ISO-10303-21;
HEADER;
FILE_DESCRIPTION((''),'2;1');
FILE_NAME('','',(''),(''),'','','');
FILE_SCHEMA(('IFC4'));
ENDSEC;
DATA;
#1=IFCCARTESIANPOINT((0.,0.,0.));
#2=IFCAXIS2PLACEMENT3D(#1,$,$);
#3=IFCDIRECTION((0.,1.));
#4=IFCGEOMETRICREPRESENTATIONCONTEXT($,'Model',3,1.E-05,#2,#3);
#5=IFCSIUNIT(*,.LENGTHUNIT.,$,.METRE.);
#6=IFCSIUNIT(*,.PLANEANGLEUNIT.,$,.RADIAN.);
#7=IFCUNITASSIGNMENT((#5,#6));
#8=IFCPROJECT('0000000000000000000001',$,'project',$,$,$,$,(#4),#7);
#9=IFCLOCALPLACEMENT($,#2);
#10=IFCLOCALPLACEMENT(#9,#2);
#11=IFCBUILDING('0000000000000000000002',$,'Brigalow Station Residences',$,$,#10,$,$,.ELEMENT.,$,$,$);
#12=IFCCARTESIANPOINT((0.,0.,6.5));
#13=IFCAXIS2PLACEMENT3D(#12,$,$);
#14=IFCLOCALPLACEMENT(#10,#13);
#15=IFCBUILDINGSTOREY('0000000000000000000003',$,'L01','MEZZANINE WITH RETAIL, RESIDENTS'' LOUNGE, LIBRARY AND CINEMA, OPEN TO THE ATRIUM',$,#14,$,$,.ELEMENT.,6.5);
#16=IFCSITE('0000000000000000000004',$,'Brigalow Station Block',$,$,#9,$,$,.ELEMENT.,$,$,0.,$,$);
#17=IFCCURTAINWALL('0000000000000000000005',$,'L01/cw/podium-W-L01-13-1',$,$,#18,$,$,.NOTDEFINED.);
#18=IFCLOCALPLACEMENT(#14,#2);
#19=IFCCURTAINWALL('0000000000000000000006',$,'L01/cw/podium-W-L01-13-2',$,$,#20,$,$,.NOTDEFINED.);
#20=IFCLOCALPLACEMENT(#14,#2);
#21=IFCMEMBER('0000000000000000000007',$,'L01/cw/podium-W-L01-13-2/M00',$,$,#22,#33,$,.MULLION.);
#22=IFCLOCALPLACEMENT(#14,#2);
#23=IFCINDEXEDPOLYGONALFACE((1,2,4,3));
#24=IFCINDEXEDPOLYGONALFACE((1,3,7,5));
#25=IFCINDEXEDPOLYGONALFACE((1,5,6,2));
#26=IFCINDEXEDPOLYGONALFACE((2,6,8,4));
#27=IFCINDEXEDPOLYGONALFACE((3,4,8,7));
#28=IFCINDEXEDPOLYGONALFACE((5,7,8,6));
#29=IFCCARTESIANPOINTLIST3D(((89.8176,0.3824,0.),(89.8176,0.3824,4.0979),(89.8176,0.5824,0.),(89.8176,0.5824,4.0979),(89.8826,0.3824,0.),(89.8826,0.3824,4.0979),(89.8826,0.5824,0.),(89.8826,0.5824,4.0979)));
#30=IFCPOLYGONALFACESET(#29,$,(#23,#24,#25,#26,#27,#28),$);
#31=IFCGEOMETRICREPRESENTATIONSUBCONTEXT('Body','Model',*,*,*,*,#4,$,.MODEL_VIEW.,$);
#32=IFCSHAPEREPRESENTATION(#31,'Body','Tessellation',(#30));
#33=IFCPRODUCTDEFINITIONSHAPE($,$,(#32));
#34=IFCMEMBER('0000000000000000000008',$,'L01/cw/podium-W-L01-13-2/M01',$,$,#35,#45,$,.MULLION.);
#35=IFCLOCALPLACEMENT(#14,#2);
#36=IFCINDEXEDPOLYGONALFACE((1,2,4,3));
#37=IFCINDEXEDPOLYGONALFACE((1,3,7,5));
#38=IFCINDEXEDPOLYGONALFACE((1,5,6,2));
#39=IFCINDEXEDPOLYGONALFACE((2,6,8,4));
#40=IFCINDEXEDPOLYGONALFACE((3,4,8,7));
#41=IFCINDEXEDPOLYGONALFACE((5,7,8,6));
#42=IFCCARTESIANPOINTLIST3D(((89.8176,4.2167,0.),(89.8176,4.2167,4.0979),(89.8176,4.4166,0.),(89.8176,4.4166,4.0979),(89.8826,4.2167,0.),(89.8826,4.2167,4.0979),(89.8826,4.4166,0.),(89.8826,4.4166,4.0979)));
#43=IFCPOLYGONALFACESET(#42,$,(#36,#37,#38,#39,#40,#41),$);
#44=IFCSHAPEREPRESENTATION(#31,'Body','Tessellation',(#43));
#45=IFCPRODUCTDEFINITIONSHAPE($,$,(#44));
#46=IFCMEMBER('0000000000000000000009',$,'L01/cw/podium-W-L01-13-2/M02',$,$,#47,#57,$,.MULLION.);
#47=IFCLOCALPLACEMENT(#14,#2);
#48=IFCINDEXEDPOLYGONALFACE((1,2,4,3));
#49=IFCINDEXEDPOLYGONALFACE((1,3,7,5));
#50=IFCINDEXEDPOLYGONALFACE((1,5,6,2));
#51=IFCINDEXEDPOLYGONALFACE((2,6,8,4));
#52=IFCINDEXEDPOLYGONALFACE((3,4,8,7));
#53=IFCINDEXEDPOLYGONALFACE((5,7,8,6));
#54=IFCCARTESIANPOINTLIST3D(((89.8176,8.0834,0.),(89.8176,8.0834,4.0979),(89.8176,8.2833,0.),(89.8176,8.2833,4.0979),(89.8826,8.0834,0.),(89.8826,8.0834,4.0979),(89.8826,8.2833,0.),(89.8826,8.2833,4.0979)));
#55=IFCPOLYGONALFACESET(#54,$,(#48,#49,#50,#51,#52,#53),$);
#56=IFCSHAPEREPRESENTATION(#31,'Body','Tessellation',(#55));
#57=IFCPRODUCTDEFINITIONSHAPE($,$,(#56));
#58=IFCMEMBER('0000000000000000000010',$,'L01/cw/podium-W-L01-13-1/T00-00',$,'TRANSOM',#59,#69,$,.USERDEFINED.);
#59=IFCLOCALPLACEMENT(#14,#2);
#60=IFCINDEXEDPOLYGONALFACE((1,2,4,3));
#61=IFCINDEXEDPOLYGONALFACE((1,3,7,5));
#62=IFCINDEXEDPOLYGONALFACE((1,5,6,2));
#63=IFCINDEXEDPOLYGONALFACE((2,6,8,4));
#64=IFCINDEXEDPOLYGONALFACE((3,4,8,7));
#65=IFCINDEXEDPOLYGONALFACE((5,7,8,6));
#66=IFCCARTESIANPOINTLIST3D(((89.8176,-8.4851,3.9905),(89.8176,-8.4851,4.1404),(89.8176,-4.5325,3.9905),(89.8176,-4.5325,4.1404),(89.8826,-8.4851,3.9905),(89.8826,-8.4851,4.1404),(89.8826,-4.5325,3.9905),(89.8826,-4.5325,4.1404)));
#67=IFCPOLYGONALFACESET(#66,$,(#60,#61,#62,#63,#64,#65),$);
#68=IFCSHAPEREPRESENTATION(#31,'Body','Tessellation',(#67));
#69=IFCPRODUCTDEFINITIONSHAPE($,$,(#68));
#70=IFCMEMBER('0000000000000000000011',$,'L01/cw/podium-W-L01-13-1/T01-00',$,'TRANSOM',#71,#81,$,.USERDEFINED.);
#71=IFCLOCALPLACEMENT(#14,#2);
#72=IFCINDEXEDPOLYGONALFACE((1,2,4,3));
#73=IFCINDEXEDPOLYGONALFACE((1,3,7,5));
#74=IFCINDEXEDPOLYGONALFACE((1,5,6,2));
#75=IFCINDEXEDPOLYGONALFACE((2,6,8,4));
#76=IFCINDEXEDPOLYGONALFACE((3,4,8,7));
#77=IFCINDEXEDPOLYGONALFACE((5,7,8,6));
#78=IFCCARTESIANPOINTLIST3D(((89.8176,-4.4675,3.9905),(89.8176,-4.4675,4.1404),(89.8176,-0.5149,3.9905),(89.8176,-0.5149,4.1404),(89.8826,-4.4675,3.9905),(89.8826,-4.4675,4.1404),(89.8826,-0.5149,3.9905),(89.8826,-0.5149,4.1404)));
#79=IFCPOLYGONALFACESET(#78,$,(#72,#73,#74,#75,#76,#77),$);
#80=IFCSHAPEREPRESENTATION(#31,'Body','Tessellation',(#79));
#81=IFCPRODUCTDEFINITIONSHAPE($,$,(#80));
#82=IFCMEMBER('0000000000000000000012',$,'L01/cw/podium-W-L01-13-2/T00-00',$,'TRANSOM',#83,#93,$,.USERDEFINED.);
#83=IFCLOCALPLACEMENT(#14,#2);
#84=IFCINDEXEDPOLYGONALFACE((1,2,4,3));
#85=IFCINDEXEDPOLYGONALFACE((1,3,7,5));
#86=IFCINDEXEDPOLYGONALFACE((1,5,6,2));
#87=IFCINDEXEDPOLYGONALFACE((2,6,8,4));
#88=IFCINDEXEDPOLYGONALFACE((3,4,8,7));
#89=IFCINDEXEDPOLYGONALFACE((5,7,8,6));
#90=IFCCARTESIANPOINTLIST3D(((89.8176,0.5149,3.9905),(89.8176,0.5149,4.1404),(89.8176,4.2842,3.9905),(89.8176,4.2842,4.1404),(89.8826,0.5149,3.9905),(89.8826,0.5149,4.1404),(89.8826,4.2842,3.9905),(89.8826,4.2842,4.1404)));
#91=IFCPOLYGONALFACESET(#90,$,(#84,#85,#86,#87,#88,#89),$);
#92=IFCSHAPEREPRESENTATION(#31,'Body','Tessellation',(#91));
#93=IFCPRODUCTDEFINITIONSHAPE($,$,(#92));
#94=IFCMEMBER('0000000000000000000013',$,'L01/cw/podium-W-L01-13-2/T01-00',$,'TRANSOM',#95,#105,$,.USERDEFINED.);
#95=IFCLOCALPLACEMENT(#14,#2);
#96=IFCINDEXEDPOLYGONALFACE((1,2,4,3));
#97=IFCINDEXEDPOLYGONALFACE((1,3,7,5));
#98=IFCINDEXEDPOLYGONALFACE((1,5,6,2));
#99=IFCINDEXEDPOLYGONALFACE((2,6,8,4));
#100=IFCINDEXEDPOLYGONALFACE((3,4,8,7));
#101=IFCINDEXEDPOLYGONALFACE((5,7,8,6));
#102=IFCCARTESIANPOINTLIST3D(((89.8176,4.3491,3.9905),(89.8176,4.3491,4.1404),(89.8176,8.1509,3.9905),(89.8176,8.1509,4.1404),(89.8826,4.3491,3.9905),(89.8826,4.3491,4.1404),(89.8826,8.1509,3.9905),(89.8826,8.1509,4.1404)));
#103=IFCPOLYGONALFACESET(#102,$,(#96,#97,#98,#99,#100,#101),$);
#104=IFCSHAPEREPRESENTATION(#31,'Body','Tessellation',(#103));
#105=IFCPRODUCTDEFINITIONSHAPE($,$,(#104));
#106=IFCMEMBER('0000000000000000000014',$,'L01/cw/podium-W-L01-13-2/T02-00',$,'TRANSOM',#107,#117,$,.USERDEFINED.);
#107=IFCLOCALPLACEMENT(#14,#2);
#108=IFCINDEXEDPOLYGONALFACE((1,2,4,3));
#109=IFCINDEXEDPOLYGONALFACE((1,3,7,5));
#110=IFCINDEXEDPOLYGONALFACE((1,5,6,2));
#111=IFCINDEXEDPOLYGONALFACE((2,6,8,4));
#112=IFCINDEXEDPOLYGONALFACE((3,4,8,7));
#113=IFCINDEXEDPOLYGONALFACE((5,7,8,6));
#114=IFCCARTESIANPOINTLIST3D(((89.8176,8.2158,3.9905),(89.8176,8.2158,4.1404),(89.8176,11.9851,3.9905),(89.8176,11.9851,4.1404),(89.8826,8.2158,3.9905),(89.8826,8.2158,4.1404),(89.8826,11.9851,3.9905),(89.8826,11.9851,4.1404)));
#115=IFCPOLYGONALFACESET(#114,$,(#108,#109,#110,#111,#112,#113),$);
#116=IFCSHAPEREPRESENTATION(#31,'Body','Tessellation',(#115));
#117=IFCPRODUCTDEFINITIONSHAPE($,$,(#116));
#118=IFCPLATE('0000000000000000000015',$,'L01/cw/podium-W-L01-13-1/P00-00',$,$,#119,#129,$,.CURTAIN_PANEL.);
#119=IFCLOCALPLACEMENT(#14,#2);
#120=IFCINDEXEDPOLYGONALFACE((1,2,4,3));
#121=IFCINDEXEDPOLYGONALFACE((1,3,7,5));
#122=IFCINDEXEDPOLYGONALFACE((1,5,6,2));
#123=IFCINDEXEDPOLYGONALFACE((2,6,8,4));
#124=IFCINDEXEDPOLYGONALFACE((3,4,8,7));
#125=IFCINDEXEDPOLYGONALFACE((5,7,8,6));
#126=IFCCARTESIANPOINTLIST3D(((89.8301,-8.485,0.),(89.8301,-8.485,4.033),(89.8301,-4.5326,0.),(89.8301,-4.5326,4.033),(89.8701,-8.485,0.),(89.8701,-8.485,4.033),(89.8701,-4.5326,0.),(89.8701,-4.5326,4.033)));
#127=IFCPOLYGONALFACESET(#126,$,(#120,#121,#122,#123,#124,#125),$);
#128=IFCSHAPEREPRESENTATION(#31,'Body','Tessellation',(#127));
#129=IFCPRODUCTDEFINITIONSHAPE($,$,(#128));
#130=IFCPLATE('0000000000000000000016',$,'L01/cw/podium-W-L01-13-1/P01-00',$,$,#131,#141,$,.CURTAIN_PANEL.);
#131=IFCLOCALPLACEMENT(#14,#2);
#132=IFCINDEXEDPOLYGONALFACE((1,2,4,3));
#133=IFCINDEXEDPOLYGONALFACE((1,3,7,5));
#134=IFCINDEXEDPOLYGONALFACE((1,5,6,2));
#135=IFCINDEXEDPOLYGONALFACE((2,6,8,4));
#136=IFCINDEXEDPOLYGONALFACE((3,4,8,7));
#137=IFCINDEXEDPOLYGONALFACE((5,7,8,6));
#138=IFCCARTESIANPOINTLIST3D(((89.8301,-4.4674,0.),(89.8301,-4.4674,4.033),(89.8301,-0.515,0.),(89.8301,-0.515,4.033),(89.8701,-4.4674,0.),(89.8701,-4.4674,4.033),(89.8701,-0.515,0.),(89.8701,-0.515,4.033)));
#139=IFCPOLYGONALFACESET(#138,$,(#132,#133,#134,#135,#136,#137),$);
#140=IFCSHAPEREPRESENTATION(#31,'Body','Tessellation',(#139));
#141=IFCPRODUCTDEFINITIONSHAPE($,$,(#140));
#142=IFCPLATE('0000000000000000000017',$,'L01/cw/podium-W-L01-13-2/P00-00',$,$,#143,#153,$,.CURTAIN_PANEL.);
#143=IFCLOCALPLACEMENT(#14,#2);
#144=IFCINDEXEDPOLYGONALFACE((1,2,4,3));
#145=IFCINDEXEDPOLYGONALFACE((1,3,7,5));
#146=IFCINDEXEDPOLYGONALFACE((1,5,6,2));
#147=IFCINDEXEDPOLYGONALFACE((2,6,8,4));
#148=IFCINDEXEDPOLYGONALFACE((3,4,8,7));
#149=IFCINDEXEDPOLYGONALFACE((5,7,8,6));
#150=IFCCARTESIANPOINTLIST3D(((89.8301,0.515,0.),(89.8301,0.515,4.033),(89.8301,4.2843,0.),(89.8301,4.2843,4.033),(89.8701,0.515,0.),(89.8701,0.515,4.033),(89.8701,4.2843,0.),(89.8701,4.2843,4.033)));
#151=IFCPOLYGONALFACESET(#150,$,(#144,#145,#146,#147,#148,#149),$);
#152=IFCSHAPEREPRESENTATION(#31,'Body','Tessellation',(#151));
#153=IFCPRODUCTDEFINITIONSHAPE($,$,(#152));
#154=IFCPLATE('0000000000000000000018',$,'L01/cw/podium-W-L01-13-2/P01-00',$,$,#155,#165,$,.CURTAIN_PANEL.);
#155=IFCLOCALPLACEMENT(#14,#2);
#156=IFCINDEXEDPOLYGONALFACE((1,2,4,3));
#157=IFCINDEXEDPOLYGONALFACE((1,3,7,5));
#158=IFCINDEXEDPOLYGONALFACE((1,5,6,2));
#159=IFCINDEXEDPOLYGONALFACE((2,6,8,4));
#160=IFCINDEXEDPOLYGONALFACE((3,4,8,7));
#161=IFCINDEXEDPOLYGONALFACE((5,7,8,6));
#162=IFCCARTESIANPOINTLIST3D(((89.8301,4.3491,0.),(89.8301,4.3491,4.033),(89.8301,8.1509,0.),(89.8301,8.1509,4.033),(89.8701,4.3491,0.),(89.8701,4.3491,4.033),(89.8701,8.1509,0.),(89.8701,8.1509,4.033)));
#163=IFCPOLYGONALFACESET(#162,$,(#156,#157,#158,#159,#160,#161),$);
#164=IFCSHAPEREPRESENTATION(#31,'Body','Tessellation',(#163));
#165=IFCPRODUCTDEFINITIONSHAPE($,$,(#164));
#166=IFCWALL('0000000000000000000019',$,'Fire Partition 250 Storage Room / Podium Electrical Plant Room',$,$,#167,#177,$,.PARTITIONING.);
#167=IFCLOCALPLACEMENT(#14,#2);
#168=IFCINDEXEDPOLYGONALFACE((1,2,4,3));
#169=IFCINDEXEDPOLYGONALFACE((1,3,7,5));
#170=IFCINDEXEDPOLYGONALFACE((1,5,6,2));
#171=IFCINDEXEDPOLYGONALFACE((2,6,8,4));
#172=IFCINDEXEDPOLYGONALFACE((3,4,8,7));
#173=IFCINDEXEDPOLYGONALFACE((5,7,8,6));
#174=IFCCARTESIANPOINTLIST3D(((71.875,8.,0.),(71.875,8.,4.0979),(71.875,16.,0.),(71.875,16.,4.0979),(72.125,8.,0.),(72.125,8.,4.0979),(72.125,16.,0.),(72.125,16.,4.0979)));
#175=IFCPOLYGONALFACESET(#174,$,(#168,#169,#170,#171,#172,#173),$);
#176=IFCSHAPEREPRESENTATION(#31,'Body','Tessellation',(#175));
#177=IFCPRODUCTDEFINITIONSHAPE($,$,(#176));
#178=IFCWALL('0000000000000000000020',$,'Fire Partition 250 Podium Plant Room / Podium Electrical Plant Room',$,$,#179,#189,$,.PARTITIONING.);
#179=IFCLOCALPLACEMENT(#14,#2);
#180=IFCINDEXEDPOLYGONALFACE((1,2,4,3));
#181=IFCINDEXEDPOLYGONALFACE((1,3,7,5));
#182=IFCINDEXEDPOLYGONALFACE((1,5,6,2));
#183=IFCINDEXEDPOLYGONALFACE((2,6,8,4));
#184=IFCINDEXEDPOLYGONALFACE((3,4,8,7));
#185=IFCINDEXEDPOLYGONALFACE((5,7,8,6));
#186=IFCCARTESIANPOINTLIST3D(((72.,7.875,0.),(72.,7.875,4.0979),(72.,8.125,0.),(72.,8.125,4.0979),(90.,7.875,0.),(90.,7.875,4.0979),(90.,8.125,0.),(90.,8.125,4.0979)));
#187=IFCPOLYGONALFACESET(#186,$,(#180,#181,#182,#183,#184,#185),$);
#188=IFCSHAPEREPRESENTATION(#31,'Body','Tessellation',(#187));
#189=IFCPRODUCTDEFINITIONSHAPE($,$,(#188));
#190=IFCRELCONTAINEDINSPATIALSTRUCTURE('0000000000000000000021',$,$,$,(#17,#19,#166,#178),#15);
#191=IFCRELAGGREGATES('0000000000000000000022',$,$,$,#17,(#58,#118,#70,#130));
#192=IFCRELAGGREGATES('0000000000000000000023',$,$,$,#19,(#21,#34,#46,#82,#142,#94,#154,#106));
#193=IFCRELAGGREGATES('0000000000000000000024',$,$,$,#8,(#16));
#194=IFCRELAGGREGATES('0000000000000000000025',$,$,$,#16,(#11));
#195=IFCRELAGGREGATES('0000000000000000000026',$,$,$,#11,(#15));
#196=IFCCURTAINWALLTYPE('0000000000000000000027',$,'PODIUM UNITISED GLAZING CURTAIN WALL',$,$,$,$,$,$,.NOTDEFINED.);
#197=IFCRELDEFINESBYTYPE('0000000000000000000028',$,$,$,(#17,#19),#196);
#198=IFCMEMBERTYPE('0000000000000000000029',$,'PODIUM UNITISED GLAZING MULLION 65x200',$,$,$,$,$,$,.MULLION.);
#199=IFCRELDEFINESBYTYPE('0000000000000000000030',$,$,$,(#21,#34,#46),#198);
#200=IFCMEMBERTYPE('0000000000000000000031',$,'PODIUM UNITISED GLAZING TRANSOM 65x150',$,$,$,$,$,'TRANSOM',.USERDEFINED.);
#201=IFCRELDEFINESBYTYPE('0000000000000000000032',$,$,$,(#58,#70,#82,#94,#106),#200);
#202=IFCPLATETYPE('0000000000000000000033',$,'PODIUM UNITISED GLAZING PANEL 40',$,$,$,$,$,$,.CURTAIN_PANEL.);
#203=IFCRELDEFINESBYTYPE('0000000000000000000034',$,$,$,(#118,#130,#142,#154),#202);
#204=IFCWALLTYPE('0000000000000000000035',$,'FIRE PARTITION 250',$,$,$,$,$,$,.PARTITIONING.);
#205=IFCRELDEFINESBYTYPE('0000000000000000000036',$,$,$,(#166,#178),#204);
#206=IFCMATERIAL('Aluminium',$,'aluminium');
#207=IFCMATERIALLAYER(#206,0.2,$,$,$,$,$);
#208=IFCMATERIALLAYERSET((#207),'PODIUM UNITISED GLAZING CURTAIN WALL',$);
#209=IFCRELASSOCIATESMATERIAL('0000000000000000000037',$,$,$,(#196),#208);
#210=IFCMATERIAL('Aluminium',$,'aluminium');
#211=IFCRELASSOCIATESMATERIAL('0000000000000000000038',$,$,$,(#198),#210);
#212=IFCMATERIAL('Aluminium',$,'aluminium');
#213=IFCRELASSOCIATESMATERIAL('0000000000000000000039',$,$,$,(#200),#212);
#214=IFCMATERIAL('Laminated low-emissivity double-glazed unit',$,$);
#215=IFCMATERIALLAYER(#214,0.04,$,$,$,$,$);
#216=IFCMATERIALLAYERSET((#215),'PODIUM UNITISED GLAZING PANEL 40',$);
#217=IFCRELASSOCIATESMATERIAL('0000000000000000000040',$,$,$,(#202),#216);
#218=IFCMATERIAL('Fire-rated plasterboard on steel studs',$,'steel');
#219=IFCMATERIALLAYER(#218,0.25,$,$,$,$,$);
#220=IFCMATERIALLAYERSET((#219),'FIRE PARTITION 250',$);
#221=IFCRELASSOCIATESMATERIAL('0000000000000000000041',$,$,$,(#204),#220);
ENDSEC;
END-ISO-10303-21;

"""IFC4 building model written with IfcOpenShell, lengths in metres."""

from ifc_helpers import new_model, si_unit, direction, frame, frame_2d, origin, origin_2d, place, context, subcontext, project, spatial, rectangle, extrude, material, layer, layer_set, material_profile, profile_set, type_object, element, aggregate, save


model = new_model("IFC4")

# Units and contexts
model_context = context("Model", 3, precision=1e-05, world=origin(), true_north=direction((0.0, 1.0)))
body_context = subcontext(model_context, "Body", "Model", "MODEL_VIEW")
ifc_project = project(units=[si_unit("LENGTHUNIT", "METRE"), si_unit("PLANEANGLEUNIT", "RADIAN")], contexts=[model_context])

# Site, building, storey
site_placement = place(None, origin())
site = spatial("IfcSite", under=ifc_project, at=site_placement, Name="Brigalow Station Block", CompositionType="ELEMENT", RefElevation=0.0)
building_placement = place(site_placement, origin())
building = spatial("IfcBuilding", under=site, at=building_placement, Name="Brigalow Station Residences", CompositionType="ELEMENT")
storey_placement = place(building_placement, frame((0.0, 0.0, 6.5)))
storey = spatial("IfcBuildingStorey", under=building, at=storey_placement, Name="L01", Description="MEZZANINE WITH RETAIL, RESIDENTS' LOUNGE, LIBRARY AND CINEMA, OPEN TO THE ATRIUM", CompositionType="ELEMENT", Elevation=6.5)

# Curtain walls, members
ifc_material_1 = material(Name="Aluminium", Category="aluminium")
ifc_layer_1 = layer(ifc_material_1, 0.2)
ifc_layer_set_1 = layer_set([ifc_layer_1], Name="PODIUM UNITISED GLAZING CURTAIN WALL")
curtain_wall_type = type_object("IfcCurtainWallType", Name="PODIUM UNITISED GLAZING CURTAIN WALL", PredefinedType="NOTDEFINED", material=ifc_layer_set_1)
curtain_wall_1_placement = place(storey_placement, origin())
curtain_wall_1 = element("IfcCurtainWall", 1, at=curtain_wall_1_placement, inside=storey, type_object=curtain_wall_type, Name="L01/cw/podium-W-L01-13-1", PredefinedType="NOTDEFINED")
ifc_material_2 = material(Name="Aluminium", Category="aluminium")
ifc_material_profile_1 = material_profile(ifc_material_2, rectangle(XDim=0.0649, YDim=0.2, at=origin_2d()), Name="PODIUM UNITISED GLAZING MULLION 65x200")
ifc_profile_set_1 = profile_set([ifc_material_profile_1], Name="Aluminium")
member_type_1 = type_object("IfcMemberType", Name="PODIUM UNITISED GLAZING MULLION 65x200", PredefinedType="MULLION", material=ifc_profile_set_1)
curtain_wall_2_placement = place(storey_placement, origin())
curtain_wall_2 = element("IfcCurtainWall", 2, at=curtain_wall_2_placement, inside=storey, type_object=curtain_wall_type, Name="L01/cw/podium-W-L01-13-2", PredefinedType="NOTDEFINED")
member_1_placement = place(storey_placement, frame((89.8501, 0.4824, 0.0), z_axis=(0.0, 0.0, 1.0), x_axis=(-1.0, 0.0, 0.0)))
member_1 = element("IfcMember", 3, at=member_1_placement, type_object=member_type_1, Name="L01/cw/podium-W-L01-13-2/M00", PredefinedType="MULLION", context=body_context, shape_type="SweptSolid", body=[
    extrude(rectangle(XDim=0.0649, YDim=0.2, at=origin_2d()), origin(), (0.0, 0.0, 1.0), 4.0979),
])
member_2_placement = place(storey_placement, frame((89.8501, 4.3167, 0.0), z_axis=(0.0, 0.0, 1.0), x_axis=(-1.0, 0.0, 0.0)))
member_2 = element("IfcMember", 4, at=member_2_placement, type_object=member_type_1, Name="L01/cw/podium-W-L01-13-2/M01", PredefinedType="MULLION", context=body_context, shape_type="SweptSolid", body=[
    extrude(rectangle(XDim=0.0649, YDim=0.2, at=origin_2d()), origin(), (0.0, 0.0, 1.0), 4.0979),
])
member_3_placement = place(storey_placement, frame((89.8501, 8.1833, 0.0), z_axis=(0.0, 0.0, 1.0), x_axis=(-1.0, 0.0, 0.0)))
member_3 = element("IfcMember", 5, at=member_3_placement, type_object=member_type_1, Name="L01/cw/podium-W-L01-13-2/M02", PredefinedType="MULLION", context=body_context, shape_type="SweptSolid", body=[
    extrude(rectangle(XDim=0.0649, YDim=0.2, at=origin_2d()), origin(), (0.0, 0.0, 1.0), 4.0979),
])

# Members
ifc_material_3 = material(Name="Aluminium", Category="aluminium")
ifc_material_profile_2 = material_profile(ifc_material_3, rectangle(XDim=0.0649, YDim=0.1499, at=origin_2d()), Name="PODIUM UNITISED GLAZING TRANSOM 65x150")
ifc_profile_set_2 = profile_set([ifc_material_profile_2], Name="Aluminium")
member_type_2 = type_object("IfcMemberType", Name="PODIUM UNITISED GLAZING TRANSOM 65x150", ElementType="TRANSOM", PredefinedType="USERDEFINED", material=ifc_profile_set_2)
member_4_placement = place(storey_placement, frame((89.8501, -8.4851, 4.0654), z_axis=(0.0, 1.0, 0.0), x_axis=(-1.0, 0.0, 0.0)))
member_4 = element("IfcMember", 6, at=member_4_placement, type_object=member_type_2, Name="L01/cw/podium-W-L01-13-1/T00-00", ObjectType="TRANSOM", PredefinedType="USERDEFINED", context=body_context, shape_type="SweptSolid", body=[
    extrude(rectangle(XDim=0.0649, YDim=0.1499, at=origin_2d()), origin(), (0.0, 0.0, 1.0), 3.9526),
])
member_5_placement = place(storey_placement, frame((89.8501, -4.4675, 4.0654), z_axis=(0.0, 1.0, 0.0), x_axis=(-1.0, 0.0, 0.0)))
member_5 = element("IfcMember", 7, at=member_5_placement, type_object=member_type_2, Name="L01/cw/podium-W-L01-13-1/T01-00", ObjectType="TRANSOM", PredefinedType="USERDEFINED", context=body_context, shape_type="SweptSolid", body=[
    extrude(rectangle(XDim=0.0649, YDim=0.1499, at=origin_2d()), origin(), (0.0, 0.0, 1.0), 3.9526),
])
member_6_placement = place(storey_placement, frame((89.8501, 0.5149, 4.0654), z_axis=(0.0, 1.0, 0.0), x_axis=(-1.0, 0.0, 0.0)))
member_6 = element("IfcMember", 8, at=member_6_placement, type_object=member_type_2, Name="L01/cw/podium-W-L01-13-2/T00-00", ObjectType="TRANSOM", PredefinedType="USERDEFINED", context=body_context, shape_type="SweptSolid", body=[
    extrude(rectangle(XDim=0.0649, YDim=0.1499, at=origin_2d()), origin(), (0.0, 0.0, 1.0), 3.7693),
])
member_7_placement = place(storey_placement, frame((89.8501, 4.3491, 4.0654), z_axis=(0.0, 1.0, 0.0), x_axis=(-1.0, 0.0, 0.0)))
member_7 = element("IfcMember", 9, at=member_7_placement, type_object=member_type_2, Name="L01/cw/podium-W-L01-13-2/T01-00", ObjectType="TRANSOM", PredefinedType="USERDEFINED", context=body_context, shape_type="SweptSolid", body=[
    extrude(rectangle(XDim=0.0649, YDim=0.1499, at=origin_2d()), origin(), (0.0, 0.0, 1.0), 3.8018),
])
member_8_placement = place(storey_placement, frame((89.8501, 8.2158, 4.0654), z_axis=(0.0, 1.0, 0.0), x_axis=(-1.0, 0.0, 0.0)))
member_8 = element("IfcMember", 10, at=member_8_placement, type_object=member_type_2, Name="L01/cw/podium-W-L01-13-2/T02-00", ObjectType="TRANSOM", PredefinedType="USERDEFINED", context=body_context, shape_type="SweptSolid", body=[
    extrude(rectangle(XDim=0.0649, YDim=0.1499, at=origin_2d()), origin(), (0.0, 0.0, 1.0), 3.7693),
])

# Plates
ifc_material_4 = material(Name="Laminated low-emissivity double-glazed unit")
ifc_layer_2 = layer(ifc_material_4, 0.04)
ifc_layer_set_2 = layer_set([ifc_layer_2], Name="PODIUM UNITISED GLAZING PANEL 40")
plate_type = type_object("IfcPlateType", Name="PODIUM UNITISED GLAZING PANEL 40", PredefinedType="CURTAIN_PANEL", material=ifc_layer_set_2)
plate_1_placement = place(storey_placement, frame((89.8501, -6.5088, 0.0), z_axis=(0.0, 0.0, 1.0), x_axis=(0.0, 1.0, 0.0)))
plate_1 = element("IfcPlate", 11, at=plate_1_placement, type_object=plate_type, Name="L01/cw/podium-W-L01-13-1/P00-00", PredefinedType="CURTAIN_PANEL", context=body_context, shape_type="SweptSolid", body=[
    extrude(rectangle(XDim=3.9524, YDim=0.04, at=origin_2d()), origin(), (0.0, 0.0, 1.0), 4.033),
])
plate_2_placement = place(storey_placement, frame((89.8501, -2.4912, 0.0), z_axis=(0.0, 0.0, 1.0), x_axis=(0.0, 1.0, 0.0)))
plate_2 = element("IfcPlate", 12, at=plate_2_placement, type_object=plate_type, Name="L01/cw/podium-W-L01-13-1/P01-00", PredefinedType="CURTAIN_PANEL", context=body_context, shape_type="SweptSolid", body=[
    extrude(rectangle(XDim=3.9524, YDim=0.04, at=origin_2d()), origin(), (0.0, 0.0, 1.0), 4.033),
])
aggregate(curtain_wall_1, [member_4, plate_1, member_5, plate_2])
plate_3_placement = place(storey_placement, frame((89.8501, 2.3997, 0.0), z_axis=(0.0, 0.0, 1.0), x_axis=(0.0, 1.0, 0.0)))
plate_3 = element("IfcPlate", 13, at=plate_3_placement, type_object=plate_type, Name="L01/cw/podium-W-L01-13-2/P00-00", PredefinedType="CURTAIN_PANEL", context=body_context, shape_type="SweptSolid", body=[
    extrude(rectangle(XDim=3.7693, YDim=0.04, at=origin_2d()), origin(), (0.0, 0.0, 1.0), 4.033),
])
plate_4_placement = place(storey_placement, frame((89.8501, 6.25, 0.0), z_axis=(0.0, 0.0, 1.0), x_axis=(0.0, 1.0, 0.0)))
plate_4 = element("IfcPlate", 14, at=plate_4_placement, type_object=plate_type, Name="L01/cw/podium-W-L01-13-2/P01-00", PredefinedType="CURTAIN_PANEL", context=body_context, shape_type="SweptSolid", body=[
    extrude(rectangle(XDim=3.8018, YDim=0.04, at=origin_2d()), origin(), (0.0, 0.0, 1.0), 4.033),
])
aggregate(curtain_wall_2, [member_1, member_2, member_3, member_6, plate_3, member_7, plate_4, member_8])

# Shared definitions
ifc_material_5 = material(Name="Fire-rated plasterboard on steel studs", Category="steel")
ifc_layer_3 = layer(ifc_material_5, 0.25)
ifc_layer_set_3 = layer_set([ifc_layer_3], Name="FIRE PARTITION 250")
wall_type = type_object("IfcWallType", Name="FIRE PARTITION 250", PredefinedType="PARTITIONING", material=ifc_layer_set_3)

# Walls
wall_1_placement = place(storey_placement, frame((72.0, 8.0, 0.0), z_axis=(0.0, 0.0, 1.0), x_axis=(0.0, 1.0, 0.0)))
element("IfcWall", 15, at=wall_1_placement, inside=storey, type_object=wall_type, Name="Fire Partition 250 Storage Room / Podium Electrical Plant Room", PredefinedType="PARTITIONING", context=body_context, shape_type="SweptSolid", body=[
    extrude(rectangle(XDim=8.0, YDim=0.25, at=frame_2d((4.0, 0.0))), origin(), (0.0, 0.0, 1.0), 4.0979),
])
wall_2_placement = place(storey_placement, frame((72.0, 8.0, 0.0), z_axis=(0.0, 0.0, 1.0), x_axis=(1.0, 0.0, 0.0)))
element("IfcWall", 16, at=wall_2_placement, inside=storey, type_object=wall_type, Name="Fire Partition 250 Podium Plant Room / Podium Electrical Plant Room", PredefinedType="PARTITIONING", context=body_context, shape_type="SweptSolid", body=[
    extrude(rectangle(XDim=18.0, YDim=0.25, at=frame_2d((9.0, 0.0))), origin(), (0.0, 0.0, 1.0), 4.0979),
])

save(model, "model.ifc")
